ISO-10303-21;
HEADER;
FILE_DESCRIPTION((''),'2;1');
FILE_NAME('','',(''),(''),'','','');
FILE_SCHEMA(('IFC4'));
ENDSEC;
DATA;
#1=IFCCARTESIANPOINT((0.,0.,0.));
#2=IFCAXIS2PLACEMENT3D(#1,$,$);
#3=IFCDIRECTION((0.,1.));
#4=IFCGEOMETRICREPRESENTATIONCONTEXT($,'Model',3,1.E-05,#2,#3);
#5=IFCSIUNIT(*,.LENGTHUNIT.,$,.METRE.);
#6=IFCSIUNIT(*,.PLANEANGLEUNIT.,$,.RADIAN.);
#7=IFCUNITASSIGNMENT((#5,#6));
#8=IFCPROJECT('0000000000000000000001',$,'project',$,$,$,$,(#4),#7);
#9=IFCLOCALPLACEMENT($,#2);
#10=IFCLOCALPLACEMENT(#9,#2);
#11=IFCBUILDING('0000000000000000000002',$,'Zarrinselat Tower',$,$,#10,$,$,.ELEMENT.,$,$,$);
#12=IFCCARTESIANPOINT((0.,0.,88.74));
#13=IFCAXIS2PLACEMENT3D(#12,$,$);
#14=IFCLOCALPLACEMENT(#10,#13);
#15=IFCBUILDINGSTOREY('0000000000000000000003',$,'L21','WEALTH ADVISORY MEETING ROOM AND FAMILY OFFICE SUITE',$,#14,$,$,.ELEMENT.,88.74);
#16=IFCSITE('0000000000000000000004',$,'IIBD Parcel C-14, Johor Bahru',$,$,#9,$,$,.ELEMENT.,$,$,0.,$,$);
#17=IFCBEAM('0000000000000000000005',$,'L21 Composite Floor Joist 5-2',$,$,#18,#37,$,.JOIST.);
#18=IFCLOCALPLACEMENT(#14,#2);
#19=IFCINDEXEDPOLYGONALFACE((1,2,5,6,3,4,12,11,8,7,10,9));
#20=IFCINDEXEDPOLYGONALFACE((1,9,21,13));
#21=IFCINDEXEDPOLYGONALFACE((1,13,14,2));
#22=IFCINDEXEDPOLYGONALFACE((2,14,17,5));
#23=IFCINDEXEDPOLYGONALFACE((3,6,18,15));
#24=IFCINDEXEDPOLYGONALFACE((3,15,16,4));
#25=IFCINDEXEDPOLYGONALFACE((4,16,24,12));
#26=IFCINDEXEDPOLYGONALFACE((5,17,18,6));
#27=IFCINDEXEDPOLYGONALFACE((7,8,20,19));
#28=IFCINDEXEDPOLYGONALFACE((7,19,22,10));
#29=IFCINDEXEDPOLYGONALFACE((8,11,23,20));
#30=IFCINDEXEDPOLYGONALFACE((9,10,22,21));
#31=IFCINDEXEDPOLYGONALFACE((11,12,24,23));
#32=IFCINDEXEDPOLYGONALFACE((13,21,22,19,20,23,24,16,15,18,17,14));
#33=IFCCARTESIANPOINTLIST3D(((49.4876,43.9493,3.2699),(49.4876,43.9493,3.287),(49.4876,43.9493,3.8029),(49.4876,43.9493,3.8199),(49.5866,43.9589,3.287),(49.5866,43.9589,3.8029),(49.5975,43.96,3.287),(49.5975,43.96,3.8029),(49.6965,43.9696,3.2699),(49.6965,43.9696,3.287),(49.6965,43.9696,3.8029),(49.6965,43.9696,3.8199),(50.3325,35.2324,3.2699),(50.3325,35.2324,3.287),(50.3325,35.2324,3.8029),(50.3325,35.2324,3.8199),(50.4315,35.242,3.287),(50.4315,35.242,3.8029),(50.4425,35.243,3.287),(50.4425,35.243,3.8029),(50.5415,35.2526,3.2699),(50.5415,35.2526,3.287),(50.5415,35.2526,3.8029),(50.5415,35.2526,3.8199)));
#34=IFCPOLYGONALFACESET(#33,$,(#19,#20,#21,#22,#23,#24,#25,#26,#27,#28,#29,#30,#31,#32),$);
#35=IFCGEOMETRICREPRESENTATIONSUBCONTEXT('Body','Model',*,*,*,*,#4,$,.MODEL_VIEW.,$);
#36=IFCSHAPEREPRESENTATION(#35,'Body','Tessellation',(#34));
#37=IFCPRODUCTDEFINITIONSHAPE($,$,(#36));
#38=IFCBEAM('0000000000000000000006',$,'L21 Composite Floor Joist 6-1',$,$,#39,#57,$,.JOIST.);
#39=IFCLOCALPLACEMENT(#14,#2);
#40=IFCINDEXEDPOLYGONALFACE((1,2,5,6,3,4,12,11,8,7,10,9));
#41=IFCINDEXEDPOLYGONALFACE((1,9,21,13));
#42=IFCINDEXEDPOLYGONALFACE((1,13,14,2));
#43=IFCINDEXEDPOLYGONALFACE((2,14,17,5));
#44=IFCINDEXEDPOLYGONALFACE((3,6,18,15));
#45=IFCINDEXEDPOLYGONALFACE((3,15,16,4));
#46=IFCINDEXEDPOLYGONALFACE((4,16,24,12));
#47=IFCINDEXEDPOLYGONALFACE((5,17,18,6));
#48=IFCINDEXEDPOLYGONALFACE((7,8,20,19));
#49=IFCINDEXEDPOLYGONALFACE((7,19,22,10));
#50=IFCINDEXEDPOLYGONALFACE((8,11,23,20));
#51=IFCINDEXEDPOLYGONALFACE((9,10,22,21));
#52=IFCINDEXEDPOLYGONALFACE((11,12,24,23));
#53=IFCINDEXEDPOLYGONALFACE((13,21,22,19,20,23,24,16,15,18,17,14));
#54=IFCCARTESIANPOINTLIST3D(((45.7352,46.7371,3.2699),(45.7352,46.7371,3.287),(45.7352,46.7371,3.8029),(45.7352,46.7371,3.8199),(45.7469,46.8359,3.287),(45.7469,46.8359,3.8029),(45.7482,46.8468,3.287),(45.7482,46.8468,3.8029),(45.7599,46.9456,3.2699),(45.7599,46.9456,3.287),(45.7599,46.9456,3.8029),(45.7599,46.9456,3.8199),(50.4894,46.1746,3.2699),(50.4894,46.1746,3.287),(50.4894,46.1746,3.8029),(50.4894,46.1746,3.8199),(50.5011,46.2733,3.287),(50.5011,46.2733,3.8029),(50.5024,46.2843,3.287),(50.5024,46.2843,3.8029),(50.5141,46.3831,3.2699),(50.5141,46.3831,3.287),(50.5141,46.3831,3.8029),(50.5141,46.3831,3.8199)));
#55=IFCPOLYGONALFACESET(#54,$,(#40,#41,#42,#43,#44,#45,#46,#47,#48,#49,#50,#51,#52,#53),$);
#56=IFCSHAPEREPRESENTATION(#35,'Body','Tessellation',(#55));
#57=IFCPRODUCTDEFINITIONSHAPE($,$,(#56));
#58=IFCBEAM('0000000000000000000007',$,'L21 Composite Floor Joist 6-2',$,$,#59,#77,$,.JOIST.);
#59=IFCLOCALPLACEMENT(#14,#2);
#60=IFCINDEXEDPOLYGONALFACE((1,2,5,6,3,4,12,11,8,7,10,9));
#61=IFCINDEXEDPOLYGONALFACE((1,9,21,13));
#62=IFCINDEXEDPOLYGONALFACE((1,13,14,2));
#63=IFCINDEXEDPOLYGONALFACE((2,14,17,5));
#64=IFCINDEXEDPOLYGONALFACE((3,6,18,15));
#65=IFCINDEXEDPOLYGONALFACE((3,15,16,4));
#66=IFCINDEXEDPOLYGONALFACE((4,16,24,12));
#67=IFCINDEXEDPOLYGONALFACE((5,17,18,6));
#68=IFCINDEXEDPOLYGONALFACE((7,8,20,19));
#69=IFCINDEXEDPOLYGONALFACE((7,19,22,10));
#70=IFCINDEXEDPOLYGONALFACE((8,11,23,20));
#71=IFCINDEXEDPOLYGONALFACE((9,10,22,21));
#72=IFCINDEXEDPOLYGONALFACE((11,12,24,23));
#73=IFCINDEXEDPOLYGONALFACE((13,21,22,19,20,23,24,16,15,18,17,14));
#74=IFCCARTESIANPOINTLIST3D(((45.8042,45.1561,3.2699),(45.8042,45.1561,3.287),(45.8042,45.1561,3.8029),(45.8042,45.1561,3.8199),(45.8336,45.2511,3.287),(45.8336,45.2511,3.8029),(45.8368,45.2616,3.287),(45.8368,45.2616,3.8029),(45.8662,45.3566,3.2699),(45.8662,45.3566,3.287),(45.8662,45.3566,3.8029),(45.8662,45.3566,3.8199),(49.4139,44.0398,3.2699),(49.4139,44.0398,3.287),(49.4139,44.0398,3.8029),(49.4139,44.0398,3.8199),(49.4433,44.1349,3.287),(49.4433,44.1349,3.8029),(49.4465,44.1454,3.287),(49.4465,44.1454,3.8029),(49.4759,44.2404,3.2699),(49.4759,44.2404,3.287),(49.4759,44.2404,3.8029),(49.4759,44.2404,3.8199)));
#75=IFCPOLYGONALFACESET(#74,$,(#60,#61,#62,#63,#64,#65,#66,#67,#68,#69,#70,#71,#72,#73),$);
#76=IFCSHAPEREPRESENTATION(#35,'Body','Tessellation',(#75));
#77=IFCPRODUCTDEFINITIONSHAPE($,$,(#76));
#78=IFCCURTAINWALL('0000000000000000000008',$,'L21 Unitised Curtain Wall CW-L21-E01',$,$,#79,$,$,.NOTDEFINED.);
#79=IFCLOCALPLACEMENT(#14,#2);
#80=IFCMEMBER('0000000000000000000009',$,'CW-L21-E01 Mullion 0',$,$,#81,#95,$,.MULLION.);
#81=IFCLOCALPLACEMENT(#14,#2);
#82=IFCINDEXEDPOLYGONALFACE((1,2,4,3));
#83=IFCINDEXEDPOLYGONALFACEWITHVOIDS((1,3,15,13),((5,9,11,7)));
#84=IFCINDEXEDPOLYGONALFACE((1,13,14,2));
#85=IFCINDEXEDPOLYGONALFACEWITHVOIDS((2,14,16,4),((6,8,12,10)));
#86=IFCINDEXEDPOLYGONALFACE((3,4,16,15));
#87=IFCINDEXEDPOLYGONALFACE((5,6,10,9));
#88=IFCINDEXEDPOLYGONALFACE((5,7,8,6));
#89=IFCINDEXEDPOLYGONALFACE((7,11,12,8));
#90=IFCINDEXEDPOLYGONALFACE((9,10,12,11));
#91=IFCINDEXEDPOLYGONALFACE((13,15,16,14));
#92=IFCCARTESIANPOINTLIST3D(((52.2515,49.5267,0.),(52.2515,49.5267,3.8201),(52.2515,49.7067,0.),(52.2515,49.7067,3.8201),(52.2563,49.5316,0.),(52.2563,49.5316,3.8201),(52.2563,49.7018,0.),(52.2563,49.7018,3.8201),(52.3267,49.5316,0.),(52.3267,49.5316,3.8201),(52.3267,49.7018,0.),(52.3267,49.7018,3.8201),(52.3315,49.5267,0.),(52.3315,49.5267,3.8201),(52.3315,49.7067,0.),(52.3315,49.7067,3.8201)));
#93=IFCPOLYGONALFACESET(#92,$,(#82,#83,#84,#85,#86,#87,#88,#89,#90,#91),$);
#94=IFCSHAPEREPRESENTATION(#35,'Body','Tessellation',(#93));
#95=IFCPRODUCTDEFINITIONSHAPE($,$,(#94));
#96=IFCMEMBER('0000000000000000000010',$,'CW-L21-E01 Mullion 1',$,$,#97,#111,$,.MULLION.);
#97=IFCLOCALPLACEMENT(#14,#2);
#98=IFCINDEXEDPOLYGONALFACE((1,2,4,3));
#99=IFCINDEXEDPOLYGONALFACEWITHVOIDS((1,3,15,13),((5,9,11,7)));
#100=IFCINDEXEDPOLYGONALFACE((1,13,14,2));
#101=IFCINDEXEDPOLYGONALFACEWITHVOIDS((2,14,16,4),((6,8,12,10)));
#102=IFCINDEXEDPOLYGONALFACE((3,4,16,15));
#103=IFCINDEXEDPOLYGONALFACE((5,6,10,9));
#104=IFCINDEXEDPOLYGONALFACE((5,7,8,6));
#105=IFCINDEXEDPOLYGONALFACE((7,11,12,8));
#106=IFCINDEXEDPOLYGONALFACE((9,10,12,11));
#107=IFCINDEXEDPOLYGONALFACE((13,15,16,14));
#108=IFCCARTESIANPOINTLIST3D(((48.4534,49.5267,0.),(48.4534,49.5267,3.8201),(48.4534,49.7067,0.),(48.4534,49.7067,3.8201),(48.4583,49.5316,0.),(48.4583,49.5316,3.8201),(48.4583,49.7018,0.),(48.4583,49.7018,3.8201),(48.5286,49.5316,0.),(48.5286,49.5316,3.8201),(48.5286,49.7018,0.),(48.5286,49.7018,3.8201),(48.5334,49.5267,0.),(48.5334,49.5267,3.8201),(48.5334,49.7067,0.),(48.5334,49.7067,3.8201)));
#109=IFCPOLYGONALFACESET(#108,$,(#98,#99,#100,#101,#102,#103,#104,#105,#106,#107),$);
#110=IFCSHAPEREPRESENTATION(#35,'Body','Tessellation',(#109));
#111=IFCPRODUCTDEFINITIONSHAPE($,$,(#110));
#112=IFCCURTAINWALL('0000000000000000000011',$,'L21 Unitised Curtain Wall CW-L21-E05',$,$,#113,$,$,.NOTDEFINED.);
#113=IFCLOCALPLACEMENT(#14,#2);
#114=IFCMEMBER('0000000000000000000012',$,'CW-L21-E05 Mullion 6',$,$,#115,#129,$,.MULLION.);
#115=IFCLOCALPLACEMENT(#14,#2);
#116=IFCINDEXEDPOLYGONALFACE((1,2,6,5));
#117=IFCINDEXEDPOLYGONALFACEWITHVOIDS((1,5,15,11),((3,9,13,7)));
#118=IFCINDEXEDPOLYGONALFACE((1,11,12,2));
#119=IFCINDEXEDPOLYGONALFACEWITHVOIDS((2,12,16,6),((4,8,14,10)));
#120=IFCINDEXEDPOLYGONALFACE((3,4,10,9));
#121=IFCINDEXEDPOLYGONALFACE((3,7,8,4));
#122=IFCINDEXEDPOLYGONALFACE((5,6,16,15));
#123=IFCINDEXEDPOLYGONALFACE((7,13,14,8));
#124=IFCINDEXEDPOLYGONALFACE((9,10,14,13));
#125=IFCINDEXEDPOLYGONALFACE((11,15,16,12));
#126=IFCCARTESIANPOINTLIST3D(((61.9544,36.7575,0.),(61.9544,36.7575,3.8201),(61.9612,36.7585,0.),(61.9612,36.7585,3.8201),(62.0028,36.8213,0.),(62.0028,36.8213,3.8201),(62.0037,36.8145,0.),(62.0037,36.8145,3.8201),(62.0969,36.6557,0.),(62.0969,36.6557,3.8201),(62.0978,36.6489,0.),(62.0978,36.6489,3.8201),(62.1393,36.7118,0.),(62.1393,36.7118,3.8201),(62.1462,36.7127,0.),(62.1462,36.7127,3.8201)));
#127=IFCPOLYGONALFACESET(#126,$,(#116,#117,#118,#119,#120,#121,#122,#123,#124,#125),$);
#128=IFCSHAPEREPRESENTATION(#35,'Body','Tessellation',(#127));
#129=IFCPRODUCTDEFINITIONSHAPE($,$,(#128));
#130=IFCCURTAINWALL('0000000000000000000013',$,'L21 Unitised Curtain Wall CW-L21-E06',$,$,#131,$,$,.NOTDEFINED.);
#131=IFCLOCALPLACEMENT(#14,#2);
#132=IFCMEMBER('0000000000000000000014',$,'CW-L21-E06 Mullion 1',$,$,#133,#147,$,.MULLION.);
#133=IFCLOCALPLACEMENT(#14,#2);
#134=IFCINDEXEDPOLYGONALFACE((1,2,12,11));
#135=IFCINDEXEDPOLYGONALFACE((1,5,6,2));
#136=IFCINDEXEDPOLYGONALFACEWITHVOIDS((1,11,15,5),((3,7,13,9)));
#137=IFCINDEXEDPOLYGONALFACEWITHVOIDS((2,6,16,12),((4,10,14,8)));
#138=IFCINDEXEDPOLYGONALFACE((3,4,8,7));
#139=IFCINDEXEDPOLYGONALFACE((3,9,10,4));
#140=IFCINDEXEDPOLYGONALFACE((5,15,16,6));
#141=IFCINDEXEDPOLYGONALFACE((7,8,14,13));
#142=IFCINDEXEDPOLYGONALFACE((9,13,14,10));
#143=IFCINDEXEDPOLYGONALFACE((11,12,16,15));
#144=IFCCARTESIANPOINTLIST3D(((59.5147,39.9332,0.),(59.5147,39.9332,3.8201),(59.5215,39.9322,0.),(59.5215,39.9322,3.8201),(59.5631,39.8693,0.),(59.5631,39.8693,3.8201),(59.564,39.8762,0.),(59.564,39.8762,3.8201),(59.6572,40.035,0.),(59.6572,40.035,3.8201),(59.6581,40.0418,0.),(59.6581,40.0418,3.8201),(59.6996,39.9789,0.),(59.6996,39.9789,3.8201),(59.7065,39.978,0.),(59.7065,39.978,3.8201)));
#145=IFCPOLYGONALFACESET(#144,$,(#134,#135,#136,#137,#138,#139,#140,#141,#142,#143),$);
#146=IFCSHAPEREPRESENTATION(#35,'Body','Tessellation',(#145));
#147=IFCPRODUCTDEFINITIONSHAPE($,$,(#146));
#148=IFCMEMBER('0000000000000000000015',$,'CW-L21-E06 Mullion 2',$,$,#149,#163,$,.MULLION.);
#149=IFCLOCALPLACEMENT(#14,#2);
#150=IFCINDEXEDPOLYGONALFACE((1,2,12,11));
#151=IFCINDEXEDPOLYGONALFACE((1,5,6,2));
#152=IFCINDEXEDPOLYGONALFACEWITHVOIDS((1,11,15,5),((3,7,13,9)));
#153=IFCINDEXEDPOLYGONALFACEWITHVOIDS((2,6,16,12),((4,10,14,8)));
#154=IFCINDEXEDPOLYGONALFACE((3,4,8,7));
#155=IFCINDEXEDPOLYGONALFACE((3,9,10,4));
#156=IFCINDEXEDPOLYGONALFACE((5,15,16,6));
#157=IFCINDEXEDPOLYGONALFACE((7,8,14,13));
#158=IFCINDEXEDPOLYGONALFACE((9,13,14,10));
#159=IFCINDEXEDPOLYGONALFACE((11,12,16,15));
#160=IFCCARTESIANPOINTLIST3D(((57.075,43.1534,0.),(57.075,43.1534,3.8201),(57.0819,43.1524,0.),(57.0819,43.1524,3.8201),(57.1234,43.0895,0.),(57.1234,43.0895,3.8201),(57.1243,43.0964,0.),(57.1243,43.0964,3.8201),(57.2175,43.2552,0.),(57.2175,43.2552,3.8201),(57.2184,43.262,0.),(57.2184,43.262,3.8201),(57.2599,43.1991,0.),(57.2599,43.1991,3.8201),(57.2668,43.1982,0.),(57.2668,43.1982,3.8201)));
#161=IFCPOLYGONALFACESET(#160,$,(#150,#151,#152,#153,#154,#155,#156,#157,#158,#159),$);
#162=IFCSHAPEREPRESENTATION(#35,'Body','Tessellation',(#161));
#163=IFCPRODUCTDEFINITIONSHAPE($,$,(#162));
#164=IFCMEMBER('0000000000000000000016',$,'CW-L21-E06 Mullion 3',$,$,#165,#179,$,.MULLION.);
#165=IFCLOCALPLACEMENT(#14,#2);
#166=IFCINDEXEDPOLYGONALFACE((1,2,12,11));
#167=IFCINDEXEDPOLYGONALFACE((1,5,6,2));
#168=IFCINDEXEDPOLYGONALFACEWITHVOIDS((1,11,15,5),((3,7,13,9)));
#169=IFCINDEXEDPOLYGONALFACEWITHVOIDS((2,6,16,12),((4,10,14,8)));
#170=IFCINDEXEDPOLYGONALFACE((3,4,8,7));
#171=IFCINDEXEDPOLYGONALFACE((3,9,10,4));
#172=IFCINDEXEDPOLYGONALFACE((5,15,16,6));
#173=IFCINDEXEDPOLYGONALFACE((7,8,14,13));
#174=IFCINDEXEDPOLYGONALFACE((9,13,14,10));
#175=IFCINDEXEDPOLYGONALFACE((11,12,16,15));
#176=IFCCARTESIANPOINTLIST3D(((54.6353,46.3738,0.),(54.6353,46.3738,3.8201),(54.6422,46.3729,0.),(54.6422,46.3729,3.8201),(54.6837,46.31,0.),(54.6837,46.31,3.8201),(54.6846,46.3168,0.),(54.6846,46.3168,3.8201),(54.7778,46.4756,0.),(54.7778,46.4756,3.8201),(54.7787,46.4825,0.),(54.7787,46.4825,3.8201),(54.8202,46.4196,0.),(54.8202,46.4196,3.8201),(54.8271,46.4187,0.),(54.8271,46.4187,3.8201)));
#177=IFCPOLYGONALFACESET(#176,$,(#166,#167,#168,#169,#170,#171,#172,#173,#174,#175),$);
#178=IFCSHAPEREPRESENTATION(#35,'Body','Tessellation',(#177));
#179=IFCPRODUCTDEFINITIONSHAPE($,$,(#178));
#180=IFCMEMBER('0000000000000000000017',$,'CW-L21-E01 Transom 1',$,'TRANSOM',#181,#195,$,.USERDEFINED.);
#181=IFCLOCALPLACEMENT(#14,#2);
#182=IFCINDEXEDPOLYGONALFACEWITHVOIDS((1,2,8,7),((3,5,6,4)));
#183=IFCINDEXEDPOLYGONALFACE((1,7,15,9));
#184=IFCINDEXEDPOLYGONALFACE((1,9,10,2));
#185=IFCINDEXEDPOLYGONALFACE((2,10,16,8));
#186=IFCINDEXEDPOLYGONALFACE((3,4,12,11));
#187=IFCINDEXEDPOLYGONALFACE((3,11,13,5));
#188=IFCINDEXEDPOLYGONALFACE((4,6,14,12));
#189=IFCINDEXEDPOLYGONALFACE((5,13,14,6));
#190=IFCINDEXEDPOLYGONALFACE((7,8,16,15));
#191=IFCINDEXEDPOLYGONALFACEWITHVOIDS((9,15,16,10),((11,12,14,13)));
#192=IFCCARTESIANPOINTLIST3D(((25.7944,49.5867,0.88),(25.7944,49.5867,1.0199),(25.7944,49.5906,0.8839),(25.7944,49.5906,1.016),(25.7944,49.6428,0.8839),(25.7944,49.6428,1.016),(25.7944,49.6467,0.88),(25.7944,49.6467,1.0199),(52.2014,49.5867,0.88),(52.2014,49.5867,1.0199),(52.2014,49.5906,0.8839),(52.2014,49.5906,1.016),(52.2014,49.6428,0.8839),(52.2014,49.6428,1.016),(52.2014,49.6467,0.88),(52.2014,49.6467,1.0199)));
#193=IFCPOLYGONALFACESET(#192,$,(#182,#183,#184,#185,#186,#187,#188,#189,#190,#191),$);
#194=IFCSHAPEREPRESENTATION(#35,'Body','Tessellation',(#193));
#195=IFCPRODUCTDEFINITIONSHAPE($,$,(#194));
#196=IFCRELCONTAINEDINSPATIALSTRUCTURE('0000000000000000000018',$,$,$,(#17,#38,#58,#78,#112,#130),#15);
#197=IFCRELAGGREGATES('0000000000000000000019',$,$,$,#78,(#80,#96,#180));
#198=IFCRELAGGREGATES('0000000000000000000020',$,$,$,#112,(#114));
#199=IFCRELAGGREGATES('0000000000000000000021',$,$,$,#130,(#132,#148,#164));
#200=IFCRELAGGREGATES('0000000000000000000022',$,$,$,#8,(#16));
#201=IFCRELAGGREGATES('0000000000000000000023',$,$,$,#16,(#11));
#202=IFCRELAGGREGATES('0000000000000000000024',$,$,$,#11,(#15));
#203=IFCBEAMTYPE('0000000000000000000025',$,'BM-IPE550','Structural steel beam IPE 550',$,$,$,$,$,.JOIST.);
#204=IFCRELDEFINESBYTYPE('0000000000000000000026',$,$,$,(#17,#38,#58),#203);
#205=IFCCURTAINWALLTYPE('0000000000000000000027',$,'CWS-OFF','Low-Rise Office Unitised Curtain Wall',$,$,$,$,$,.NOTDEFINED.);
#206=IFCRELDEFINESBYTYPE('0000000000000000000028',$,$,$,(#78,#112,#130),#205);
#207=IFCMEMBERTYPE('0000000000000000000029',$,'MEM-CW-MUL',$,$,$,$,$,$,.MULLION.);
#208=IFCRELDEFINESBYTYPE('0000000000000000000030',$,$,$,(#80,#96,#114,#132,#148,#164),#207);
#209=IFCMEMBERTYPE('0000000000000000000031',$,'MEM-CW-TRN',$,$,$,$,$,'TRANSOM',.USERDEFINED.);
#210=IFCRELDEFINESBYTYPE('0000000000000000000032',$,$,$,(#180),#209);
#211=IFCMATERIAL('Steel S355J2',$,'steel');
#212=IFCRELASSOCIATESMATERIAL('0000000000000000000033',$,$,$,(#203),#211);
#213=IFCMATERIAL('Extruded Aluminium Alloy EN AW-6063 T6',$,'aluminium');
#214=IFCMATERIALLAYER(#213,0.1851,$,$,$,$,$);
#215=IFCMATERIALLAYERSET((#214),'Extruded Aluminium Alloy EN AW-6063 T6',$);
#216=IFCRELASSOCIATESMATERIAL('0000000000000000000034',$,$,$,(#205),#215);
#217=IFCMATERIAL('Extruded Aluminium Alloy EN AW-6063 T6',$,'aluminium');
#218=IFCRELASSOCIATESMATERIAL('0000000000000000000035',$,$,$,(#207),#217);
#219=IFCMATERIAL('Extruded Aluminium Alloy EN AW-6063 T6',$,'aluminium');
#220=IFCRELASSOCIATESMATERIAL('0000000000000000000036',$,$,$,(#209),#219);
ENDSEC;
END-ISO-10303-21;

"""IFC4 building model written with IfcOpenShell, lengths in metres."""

from ifc_helpers import new_model, si_unit, direction, frame, origin, origin_2d, place, context, subcontext, project, spatial, hollow_rectangle, i_section, extrude, material, layer, layer_set, material_profile, profile_set, type_object, element, aggregate, save


model = new_model("IFC4")

# Units and contexts
model_context = context("Model", 3, precision=1e-05, world=origin(), true_north=direction((0.0, 1.0)))
body_context = subcontext(model_context, "Body", "Model", "MODEL_VIEW")
ifc_project = project(units=[si_unit("LENGTHUNIT", "METRE"), si_unit("PLANEANGLEUNIT", "RADIAN")], contexts=[model_context])

# Site, building, storey
site_placement = place(None, origin())
site = spatial("IfcSite", under=ifc_project, at=site_placement, Name="IIBD Parcel C-14, Johor Bahru", CompositionType="ELEMENT", RefElevation=0.0)
building_placement = place(site_placement, origin())
building = spatial("IfcBuilding", under=site, at=building_placement, Name="Zarrinselat Tower", CompositionType="ELEMENT")
storey_placement = place(building_placement, frame((0.0, 0.0, 88.74)))
storey = spatial("IfcBuildingStorey", under=building, at=storey_placement, Name="L21", Description="WEALTH ADVISORY MEETING ROOM AND FAMILY OFFICE SUITE", CompositionType="ELEMENT", Elevation=88.74)

# Beams
ifc_material_1 = material(Name="Steel S355J2", Category="steel")
ifc_material_profile_1 = material_profile(ifc_material_1, i_section(OverallWidth=0.21, OverallDepth=0.55, WebThickness=0.011, FlangeThickness=0.0171, at=origin_2d()), Name="IPE 550")
ifc_profile_set_1 = profile_set([ifc_material_profile_1], Name="Steel S355J2")
beam_type_1 = type_object("IfcBeamType", Name="BM-IPE550", Description="Structural steel beam IPE 550", PredefinedType="JOIST", material=ifc_profile_set_1)
beam_1_placement = place(storey_placement, frame((49.592, 43.9595, 3.5449), z_axis=(0.096481, -0.995335, 0.0), x_axis=(0.995335, 0.096481, 0.0)))
element("IfcBeam", 1, at=beam_1_placement, inside=storey, type_object=beam_type_1, Name="L21 Composite Floor Joist 5-2", PredefinedType="JOIST", context=body_context, shape_type="SweptSolid", body=[
    extrude(i_section(OverallWidth=0.21, OverallDepth=0.55, WebThickness=0.011, FlangeThickness=0.0171, at=origin_2d()), origin(), (0.0, 0.0, 1.0), 8.7578),
])
beam_2_placement = place(storey_placement, frame((45.7476, 46.8413, 3.5449), z_axis=(0.993073, -0.117498, 0.0), x_axis=(0.117498, 0.993073, 0.0)))
element("IfcBeam", 2, at=beam_2_placement, inside=storey, type_object=beam_type_1, Name="L21 Composite Floor Joist 6-1", PredefinedType="JOIST", context=body_context, shape_type="SweptSolid", body=[
    extrude(i_section(OverallWidth=0.21, OverallDepth=0.55, WebThickness=0.011, FlangeThickness=0.0171, at=origin_2d()), origin(), (0.0, 0.0, 1.0), 4.7874),
])
beam_3_placement = place(storey_placement, frame((45.8352, 45.2563, 3.5449), z_axis=(0.955365, -0.29543, 0.0), x_axis=(0.29543, 0.955365, 0.0)))
element("IfcBeam", 3, at=beam_3_placement, inside=storey, type_object=beam_type_1, Name="L21 Composite Floor Joist 6-2", PredefinedType="JOIST", context=body_context, shape_type="SweptSolid", body=[
    extrude(i_section(OverallWidth=0.21, OverallDepth=0.55, WebThickness=0.011, FlangeThickness=0.0171, at=origin_2d()), origin(), (0.0, 0.0, 1.0), 3.7783),
])

# Curtain wall, members
ifc_material_2 = material(Name="Extruded Aluminium Alloy EN AW-6063 T6", Category="aluminium")
ifc_layer_1 = layer(ifc_material_2, 0.1851)
ifc_layer_set_1 = layer_set([ifc_layer_1], Name="Extruded Aluminium Alloy EN AW-6063 T6")
curtain_wall_type = type_object("IfcCurtainWallType", Name="CWS-OFF", Description="Low-Rise Office Unitised Curtain Wall", PredefinedType="NOTDEFINED", material=ifc_layer_set_1)
curtain_wall_1_placement = place(storey_placement, origin())
curtain_wall_1 = element("IfcCurtainWall", 4, at=curtain_wall_1_placement, inside=storey, type_object=curtain_wall_type, Name="L21 Unitised Curtain Wall CW-L21-E01", PredefinedType="NOTDEFINED")
ifc_material_3 = material(Name="Extruded Aluminium Alloy EN AW-6063 T6", Category="aluminium")
ifc_material_profile_2 = material_profile(ifc_material_3, hollow_rectangle(XDim=0.0801, YDim=0.1799, WallThickness=0.0049, at=origin_2d()), Name="RHS 180x80x5")
ifc_profile_set_2 = profile_set([ifc_material_profile_2], Name="Extruded Aluminium Alloy EN AW-6063 T6")
member_type_1 = type_object("IfcMemberType", Name="MEM-CW-MUL", PredefinedType="MULLION", material=ifc_profile_set_2)
member_1_placement = place(storey_placement, frame((52.2915, 49.6167, 0.0), z_axis=(0.0, 0.0, 1.0), x_axis=(-1.0, 0.0, 0.0)))
member_1 = element("IfcMember", 5, at=member_1_placement, type_object=member_type_1, Name="CW-L21-E01 Mullion 0", PredefinedType="MULLION", context=body_context, shape_type="SweptSolid", body=[
    extrude(hollow_rectangle(XDim=0.0801, YDim=0.1799, WallThickness=0.0049, at=origin_2d()), origin(), (0.0, 0.0, 1.0), 3.8201),
])
member_2_placement = place(storey_placement, frame((48.4934, 49.6167, 0.0), z_axis=(0.0, 0.0, 1.0), x_axis=(-1.0, 0.0, 0.0)))
member_2 = element("IfcMember", 6, at=member_2_placement, type_object=member_type_1, Name="CW-L21-E01 Mullion 1", PredefinedType="MULLION", context=body_context, shape_type="SweptSolid", body=[
    extrude(hollow_rectangle(XDim=0.0801, YDim=0.1799, WallThickness=0.0049, at=origin_2d()), origin(), (0.0, 0.0, 1.0), 3.8201),
])

# Curtain wall, member
curtain_wall_2_placement = place(storey_placement, origin())
curtain_wall_2 = element("IfcCurtainWall", 7, at=curtain_wall_2_placement, inside=storey, type_object=curtain_wall_type, Name="L21 Unitised Curtain Wall CW-L21-E05", PredefinedType="NOTDEFINED")
member_3_placement = place(storey_placement, frame((62.0503, 36.7351, 0.0), z_axis=(0.0, 0.0, 1.0), x_axis=(0.603856, 0.797094, 0.0)))
member_3 = element("IfcMember", 8, at=member_3_placement, type_object=member_type_1, Name="CW-L21-E05 Mullion 6", PredefinedType="MULLION", context=body_context, shape_type="SweptSolid", body=[
    extrude(hollow_rectangle(XDim=0.0801, YDim=0.1799, WallThickness=0.0049, at=origin_2d()), origin(), (0.0, 0.0, 1.0), 3.8201),
])

# Curtain wall, members
curtain_wall_3_placement = place(storey_placement, origin())
curtain_wall_3 = element("IfcCurtainWall", 9, at=curtain_wall_3_placement, inside=storey, type_object=curtain_wall_type, Name="L21 Unitised Curtain Wall CW-L21-E06", PredefinedType="NOTDEFINED")
member_4_placement = place(storey_placement, frame((59.6106, 39.9556, 0.0), z_axis=(0.0, 0.0, 1.0), x_axis=(-0.603858, 0.797092, 0.0)))
member_4 = element("IfcMember", 10, at=member_4_placement, type_object=member_type_1, Name="CW-L21-E06 Mullion 1", PredefinedType="MULLION", context=body_context, shape_type="SweptSolid", body=[
    extrude(hollow_rectangle(XDim=0.0801, YDim=0.1799, WallThickness=0.0049, at=origin_2d()), origin(), (0.0, 0.0, 1.0), 3.8201),
])
member_5_placement = place(storey_placement, frame((57.1709, 43.1758, 0.0), z_axis=(0.0, 0.0, 1.0), x_axis=(-0.603858, 0.797092, 0.0)))
member_5 = element("IfcMember", 11, at=member_5_placement, type_object=member_type_1, Name="CW-L21-E06 Mullion 2", PredefinedType="MULLION", context=body_context, shape_type="SweptSolid", body=[
    extrude(hollow_rectangle(XDim=0.0801, YDim=0.1799, WallThickness=0.0049, at=origin_2d()), origin(), (0.0, 0.0, 1.0), 3.8201),
])
member_6_placement = place(storey_placement, frame((54.7312, 46.3962, 0.0), z_axis=(0.0, 0.0, 1.0), x_axis=(-0.603858, 0.797092, 0.0)))
member_6 = element("IfcMember", 12, at=member_6_placement, type_object=member_type_1, Name="CW-L21-E06 Mullion 3", PredefinedType="MULLION", context=body_context, shape_type="SweptSolid", body=[
    extrude(hollow_rectangle(XDim=0.0801, YDim=0.1799, WallThickness=0.0049, at=origin_2d()), origin(), (0.0, 0.0, 1.0), 3.8201),
])

# Member
ifc_material_4 = material(Name="Extruded Aluminium Alloy EN AW-6063 T6", Category="aluminium")
ifc_material_profile_3 = material_profile(ifc_material_4, hollow_rectangle(XDim=0.0601, YDim=0.1399, WallThickness=0.0039, at=origin_2d()), Name="RHS 140x60x4")
ifc_profile_set_3 = profile_set([ifc_material_profile_3], Name="Extruded Aluminium Alloy EN AW-6063 T6")
member_type_2 = type_object("IfcMemberType", Name="MEM-CW-TRN", ElementType="TRANSOM", PredefinedType="USERDEFINED", material=ifc_profile_set_3)
member_7_placement = place(storey_placement, frame((52.2014, 49.6167, 0.95), z_axis=(-1.0, 0.0, 0.0), x_axis=(0.0, -1.0, 0.0)))
member_7 = element("IfcMember", 13, at=member_7_placement, type_object=member_type_2, Name="CW-L21-E01 Transom 1", ObjectType="TRANSOM", PredefinedType="USERDEFINED", context=body_context, shape_type="SweptSolid", body=[
    extrude(hollow_rectangle(XDim=0.0601, YDim=0.1399, WallThickness=0.0039, at=origin_2d()), origin(), (0.0, 0.0, 1.0), 26.407),
])

aggregate(curtain_wall_1, [member_1, member_2, member_7])
aggregate(curtain_wall_2, [member_3])
aggregate(curtain_wall_3, [member_4, member_5, member_6])

save(model, "model.ifc")
